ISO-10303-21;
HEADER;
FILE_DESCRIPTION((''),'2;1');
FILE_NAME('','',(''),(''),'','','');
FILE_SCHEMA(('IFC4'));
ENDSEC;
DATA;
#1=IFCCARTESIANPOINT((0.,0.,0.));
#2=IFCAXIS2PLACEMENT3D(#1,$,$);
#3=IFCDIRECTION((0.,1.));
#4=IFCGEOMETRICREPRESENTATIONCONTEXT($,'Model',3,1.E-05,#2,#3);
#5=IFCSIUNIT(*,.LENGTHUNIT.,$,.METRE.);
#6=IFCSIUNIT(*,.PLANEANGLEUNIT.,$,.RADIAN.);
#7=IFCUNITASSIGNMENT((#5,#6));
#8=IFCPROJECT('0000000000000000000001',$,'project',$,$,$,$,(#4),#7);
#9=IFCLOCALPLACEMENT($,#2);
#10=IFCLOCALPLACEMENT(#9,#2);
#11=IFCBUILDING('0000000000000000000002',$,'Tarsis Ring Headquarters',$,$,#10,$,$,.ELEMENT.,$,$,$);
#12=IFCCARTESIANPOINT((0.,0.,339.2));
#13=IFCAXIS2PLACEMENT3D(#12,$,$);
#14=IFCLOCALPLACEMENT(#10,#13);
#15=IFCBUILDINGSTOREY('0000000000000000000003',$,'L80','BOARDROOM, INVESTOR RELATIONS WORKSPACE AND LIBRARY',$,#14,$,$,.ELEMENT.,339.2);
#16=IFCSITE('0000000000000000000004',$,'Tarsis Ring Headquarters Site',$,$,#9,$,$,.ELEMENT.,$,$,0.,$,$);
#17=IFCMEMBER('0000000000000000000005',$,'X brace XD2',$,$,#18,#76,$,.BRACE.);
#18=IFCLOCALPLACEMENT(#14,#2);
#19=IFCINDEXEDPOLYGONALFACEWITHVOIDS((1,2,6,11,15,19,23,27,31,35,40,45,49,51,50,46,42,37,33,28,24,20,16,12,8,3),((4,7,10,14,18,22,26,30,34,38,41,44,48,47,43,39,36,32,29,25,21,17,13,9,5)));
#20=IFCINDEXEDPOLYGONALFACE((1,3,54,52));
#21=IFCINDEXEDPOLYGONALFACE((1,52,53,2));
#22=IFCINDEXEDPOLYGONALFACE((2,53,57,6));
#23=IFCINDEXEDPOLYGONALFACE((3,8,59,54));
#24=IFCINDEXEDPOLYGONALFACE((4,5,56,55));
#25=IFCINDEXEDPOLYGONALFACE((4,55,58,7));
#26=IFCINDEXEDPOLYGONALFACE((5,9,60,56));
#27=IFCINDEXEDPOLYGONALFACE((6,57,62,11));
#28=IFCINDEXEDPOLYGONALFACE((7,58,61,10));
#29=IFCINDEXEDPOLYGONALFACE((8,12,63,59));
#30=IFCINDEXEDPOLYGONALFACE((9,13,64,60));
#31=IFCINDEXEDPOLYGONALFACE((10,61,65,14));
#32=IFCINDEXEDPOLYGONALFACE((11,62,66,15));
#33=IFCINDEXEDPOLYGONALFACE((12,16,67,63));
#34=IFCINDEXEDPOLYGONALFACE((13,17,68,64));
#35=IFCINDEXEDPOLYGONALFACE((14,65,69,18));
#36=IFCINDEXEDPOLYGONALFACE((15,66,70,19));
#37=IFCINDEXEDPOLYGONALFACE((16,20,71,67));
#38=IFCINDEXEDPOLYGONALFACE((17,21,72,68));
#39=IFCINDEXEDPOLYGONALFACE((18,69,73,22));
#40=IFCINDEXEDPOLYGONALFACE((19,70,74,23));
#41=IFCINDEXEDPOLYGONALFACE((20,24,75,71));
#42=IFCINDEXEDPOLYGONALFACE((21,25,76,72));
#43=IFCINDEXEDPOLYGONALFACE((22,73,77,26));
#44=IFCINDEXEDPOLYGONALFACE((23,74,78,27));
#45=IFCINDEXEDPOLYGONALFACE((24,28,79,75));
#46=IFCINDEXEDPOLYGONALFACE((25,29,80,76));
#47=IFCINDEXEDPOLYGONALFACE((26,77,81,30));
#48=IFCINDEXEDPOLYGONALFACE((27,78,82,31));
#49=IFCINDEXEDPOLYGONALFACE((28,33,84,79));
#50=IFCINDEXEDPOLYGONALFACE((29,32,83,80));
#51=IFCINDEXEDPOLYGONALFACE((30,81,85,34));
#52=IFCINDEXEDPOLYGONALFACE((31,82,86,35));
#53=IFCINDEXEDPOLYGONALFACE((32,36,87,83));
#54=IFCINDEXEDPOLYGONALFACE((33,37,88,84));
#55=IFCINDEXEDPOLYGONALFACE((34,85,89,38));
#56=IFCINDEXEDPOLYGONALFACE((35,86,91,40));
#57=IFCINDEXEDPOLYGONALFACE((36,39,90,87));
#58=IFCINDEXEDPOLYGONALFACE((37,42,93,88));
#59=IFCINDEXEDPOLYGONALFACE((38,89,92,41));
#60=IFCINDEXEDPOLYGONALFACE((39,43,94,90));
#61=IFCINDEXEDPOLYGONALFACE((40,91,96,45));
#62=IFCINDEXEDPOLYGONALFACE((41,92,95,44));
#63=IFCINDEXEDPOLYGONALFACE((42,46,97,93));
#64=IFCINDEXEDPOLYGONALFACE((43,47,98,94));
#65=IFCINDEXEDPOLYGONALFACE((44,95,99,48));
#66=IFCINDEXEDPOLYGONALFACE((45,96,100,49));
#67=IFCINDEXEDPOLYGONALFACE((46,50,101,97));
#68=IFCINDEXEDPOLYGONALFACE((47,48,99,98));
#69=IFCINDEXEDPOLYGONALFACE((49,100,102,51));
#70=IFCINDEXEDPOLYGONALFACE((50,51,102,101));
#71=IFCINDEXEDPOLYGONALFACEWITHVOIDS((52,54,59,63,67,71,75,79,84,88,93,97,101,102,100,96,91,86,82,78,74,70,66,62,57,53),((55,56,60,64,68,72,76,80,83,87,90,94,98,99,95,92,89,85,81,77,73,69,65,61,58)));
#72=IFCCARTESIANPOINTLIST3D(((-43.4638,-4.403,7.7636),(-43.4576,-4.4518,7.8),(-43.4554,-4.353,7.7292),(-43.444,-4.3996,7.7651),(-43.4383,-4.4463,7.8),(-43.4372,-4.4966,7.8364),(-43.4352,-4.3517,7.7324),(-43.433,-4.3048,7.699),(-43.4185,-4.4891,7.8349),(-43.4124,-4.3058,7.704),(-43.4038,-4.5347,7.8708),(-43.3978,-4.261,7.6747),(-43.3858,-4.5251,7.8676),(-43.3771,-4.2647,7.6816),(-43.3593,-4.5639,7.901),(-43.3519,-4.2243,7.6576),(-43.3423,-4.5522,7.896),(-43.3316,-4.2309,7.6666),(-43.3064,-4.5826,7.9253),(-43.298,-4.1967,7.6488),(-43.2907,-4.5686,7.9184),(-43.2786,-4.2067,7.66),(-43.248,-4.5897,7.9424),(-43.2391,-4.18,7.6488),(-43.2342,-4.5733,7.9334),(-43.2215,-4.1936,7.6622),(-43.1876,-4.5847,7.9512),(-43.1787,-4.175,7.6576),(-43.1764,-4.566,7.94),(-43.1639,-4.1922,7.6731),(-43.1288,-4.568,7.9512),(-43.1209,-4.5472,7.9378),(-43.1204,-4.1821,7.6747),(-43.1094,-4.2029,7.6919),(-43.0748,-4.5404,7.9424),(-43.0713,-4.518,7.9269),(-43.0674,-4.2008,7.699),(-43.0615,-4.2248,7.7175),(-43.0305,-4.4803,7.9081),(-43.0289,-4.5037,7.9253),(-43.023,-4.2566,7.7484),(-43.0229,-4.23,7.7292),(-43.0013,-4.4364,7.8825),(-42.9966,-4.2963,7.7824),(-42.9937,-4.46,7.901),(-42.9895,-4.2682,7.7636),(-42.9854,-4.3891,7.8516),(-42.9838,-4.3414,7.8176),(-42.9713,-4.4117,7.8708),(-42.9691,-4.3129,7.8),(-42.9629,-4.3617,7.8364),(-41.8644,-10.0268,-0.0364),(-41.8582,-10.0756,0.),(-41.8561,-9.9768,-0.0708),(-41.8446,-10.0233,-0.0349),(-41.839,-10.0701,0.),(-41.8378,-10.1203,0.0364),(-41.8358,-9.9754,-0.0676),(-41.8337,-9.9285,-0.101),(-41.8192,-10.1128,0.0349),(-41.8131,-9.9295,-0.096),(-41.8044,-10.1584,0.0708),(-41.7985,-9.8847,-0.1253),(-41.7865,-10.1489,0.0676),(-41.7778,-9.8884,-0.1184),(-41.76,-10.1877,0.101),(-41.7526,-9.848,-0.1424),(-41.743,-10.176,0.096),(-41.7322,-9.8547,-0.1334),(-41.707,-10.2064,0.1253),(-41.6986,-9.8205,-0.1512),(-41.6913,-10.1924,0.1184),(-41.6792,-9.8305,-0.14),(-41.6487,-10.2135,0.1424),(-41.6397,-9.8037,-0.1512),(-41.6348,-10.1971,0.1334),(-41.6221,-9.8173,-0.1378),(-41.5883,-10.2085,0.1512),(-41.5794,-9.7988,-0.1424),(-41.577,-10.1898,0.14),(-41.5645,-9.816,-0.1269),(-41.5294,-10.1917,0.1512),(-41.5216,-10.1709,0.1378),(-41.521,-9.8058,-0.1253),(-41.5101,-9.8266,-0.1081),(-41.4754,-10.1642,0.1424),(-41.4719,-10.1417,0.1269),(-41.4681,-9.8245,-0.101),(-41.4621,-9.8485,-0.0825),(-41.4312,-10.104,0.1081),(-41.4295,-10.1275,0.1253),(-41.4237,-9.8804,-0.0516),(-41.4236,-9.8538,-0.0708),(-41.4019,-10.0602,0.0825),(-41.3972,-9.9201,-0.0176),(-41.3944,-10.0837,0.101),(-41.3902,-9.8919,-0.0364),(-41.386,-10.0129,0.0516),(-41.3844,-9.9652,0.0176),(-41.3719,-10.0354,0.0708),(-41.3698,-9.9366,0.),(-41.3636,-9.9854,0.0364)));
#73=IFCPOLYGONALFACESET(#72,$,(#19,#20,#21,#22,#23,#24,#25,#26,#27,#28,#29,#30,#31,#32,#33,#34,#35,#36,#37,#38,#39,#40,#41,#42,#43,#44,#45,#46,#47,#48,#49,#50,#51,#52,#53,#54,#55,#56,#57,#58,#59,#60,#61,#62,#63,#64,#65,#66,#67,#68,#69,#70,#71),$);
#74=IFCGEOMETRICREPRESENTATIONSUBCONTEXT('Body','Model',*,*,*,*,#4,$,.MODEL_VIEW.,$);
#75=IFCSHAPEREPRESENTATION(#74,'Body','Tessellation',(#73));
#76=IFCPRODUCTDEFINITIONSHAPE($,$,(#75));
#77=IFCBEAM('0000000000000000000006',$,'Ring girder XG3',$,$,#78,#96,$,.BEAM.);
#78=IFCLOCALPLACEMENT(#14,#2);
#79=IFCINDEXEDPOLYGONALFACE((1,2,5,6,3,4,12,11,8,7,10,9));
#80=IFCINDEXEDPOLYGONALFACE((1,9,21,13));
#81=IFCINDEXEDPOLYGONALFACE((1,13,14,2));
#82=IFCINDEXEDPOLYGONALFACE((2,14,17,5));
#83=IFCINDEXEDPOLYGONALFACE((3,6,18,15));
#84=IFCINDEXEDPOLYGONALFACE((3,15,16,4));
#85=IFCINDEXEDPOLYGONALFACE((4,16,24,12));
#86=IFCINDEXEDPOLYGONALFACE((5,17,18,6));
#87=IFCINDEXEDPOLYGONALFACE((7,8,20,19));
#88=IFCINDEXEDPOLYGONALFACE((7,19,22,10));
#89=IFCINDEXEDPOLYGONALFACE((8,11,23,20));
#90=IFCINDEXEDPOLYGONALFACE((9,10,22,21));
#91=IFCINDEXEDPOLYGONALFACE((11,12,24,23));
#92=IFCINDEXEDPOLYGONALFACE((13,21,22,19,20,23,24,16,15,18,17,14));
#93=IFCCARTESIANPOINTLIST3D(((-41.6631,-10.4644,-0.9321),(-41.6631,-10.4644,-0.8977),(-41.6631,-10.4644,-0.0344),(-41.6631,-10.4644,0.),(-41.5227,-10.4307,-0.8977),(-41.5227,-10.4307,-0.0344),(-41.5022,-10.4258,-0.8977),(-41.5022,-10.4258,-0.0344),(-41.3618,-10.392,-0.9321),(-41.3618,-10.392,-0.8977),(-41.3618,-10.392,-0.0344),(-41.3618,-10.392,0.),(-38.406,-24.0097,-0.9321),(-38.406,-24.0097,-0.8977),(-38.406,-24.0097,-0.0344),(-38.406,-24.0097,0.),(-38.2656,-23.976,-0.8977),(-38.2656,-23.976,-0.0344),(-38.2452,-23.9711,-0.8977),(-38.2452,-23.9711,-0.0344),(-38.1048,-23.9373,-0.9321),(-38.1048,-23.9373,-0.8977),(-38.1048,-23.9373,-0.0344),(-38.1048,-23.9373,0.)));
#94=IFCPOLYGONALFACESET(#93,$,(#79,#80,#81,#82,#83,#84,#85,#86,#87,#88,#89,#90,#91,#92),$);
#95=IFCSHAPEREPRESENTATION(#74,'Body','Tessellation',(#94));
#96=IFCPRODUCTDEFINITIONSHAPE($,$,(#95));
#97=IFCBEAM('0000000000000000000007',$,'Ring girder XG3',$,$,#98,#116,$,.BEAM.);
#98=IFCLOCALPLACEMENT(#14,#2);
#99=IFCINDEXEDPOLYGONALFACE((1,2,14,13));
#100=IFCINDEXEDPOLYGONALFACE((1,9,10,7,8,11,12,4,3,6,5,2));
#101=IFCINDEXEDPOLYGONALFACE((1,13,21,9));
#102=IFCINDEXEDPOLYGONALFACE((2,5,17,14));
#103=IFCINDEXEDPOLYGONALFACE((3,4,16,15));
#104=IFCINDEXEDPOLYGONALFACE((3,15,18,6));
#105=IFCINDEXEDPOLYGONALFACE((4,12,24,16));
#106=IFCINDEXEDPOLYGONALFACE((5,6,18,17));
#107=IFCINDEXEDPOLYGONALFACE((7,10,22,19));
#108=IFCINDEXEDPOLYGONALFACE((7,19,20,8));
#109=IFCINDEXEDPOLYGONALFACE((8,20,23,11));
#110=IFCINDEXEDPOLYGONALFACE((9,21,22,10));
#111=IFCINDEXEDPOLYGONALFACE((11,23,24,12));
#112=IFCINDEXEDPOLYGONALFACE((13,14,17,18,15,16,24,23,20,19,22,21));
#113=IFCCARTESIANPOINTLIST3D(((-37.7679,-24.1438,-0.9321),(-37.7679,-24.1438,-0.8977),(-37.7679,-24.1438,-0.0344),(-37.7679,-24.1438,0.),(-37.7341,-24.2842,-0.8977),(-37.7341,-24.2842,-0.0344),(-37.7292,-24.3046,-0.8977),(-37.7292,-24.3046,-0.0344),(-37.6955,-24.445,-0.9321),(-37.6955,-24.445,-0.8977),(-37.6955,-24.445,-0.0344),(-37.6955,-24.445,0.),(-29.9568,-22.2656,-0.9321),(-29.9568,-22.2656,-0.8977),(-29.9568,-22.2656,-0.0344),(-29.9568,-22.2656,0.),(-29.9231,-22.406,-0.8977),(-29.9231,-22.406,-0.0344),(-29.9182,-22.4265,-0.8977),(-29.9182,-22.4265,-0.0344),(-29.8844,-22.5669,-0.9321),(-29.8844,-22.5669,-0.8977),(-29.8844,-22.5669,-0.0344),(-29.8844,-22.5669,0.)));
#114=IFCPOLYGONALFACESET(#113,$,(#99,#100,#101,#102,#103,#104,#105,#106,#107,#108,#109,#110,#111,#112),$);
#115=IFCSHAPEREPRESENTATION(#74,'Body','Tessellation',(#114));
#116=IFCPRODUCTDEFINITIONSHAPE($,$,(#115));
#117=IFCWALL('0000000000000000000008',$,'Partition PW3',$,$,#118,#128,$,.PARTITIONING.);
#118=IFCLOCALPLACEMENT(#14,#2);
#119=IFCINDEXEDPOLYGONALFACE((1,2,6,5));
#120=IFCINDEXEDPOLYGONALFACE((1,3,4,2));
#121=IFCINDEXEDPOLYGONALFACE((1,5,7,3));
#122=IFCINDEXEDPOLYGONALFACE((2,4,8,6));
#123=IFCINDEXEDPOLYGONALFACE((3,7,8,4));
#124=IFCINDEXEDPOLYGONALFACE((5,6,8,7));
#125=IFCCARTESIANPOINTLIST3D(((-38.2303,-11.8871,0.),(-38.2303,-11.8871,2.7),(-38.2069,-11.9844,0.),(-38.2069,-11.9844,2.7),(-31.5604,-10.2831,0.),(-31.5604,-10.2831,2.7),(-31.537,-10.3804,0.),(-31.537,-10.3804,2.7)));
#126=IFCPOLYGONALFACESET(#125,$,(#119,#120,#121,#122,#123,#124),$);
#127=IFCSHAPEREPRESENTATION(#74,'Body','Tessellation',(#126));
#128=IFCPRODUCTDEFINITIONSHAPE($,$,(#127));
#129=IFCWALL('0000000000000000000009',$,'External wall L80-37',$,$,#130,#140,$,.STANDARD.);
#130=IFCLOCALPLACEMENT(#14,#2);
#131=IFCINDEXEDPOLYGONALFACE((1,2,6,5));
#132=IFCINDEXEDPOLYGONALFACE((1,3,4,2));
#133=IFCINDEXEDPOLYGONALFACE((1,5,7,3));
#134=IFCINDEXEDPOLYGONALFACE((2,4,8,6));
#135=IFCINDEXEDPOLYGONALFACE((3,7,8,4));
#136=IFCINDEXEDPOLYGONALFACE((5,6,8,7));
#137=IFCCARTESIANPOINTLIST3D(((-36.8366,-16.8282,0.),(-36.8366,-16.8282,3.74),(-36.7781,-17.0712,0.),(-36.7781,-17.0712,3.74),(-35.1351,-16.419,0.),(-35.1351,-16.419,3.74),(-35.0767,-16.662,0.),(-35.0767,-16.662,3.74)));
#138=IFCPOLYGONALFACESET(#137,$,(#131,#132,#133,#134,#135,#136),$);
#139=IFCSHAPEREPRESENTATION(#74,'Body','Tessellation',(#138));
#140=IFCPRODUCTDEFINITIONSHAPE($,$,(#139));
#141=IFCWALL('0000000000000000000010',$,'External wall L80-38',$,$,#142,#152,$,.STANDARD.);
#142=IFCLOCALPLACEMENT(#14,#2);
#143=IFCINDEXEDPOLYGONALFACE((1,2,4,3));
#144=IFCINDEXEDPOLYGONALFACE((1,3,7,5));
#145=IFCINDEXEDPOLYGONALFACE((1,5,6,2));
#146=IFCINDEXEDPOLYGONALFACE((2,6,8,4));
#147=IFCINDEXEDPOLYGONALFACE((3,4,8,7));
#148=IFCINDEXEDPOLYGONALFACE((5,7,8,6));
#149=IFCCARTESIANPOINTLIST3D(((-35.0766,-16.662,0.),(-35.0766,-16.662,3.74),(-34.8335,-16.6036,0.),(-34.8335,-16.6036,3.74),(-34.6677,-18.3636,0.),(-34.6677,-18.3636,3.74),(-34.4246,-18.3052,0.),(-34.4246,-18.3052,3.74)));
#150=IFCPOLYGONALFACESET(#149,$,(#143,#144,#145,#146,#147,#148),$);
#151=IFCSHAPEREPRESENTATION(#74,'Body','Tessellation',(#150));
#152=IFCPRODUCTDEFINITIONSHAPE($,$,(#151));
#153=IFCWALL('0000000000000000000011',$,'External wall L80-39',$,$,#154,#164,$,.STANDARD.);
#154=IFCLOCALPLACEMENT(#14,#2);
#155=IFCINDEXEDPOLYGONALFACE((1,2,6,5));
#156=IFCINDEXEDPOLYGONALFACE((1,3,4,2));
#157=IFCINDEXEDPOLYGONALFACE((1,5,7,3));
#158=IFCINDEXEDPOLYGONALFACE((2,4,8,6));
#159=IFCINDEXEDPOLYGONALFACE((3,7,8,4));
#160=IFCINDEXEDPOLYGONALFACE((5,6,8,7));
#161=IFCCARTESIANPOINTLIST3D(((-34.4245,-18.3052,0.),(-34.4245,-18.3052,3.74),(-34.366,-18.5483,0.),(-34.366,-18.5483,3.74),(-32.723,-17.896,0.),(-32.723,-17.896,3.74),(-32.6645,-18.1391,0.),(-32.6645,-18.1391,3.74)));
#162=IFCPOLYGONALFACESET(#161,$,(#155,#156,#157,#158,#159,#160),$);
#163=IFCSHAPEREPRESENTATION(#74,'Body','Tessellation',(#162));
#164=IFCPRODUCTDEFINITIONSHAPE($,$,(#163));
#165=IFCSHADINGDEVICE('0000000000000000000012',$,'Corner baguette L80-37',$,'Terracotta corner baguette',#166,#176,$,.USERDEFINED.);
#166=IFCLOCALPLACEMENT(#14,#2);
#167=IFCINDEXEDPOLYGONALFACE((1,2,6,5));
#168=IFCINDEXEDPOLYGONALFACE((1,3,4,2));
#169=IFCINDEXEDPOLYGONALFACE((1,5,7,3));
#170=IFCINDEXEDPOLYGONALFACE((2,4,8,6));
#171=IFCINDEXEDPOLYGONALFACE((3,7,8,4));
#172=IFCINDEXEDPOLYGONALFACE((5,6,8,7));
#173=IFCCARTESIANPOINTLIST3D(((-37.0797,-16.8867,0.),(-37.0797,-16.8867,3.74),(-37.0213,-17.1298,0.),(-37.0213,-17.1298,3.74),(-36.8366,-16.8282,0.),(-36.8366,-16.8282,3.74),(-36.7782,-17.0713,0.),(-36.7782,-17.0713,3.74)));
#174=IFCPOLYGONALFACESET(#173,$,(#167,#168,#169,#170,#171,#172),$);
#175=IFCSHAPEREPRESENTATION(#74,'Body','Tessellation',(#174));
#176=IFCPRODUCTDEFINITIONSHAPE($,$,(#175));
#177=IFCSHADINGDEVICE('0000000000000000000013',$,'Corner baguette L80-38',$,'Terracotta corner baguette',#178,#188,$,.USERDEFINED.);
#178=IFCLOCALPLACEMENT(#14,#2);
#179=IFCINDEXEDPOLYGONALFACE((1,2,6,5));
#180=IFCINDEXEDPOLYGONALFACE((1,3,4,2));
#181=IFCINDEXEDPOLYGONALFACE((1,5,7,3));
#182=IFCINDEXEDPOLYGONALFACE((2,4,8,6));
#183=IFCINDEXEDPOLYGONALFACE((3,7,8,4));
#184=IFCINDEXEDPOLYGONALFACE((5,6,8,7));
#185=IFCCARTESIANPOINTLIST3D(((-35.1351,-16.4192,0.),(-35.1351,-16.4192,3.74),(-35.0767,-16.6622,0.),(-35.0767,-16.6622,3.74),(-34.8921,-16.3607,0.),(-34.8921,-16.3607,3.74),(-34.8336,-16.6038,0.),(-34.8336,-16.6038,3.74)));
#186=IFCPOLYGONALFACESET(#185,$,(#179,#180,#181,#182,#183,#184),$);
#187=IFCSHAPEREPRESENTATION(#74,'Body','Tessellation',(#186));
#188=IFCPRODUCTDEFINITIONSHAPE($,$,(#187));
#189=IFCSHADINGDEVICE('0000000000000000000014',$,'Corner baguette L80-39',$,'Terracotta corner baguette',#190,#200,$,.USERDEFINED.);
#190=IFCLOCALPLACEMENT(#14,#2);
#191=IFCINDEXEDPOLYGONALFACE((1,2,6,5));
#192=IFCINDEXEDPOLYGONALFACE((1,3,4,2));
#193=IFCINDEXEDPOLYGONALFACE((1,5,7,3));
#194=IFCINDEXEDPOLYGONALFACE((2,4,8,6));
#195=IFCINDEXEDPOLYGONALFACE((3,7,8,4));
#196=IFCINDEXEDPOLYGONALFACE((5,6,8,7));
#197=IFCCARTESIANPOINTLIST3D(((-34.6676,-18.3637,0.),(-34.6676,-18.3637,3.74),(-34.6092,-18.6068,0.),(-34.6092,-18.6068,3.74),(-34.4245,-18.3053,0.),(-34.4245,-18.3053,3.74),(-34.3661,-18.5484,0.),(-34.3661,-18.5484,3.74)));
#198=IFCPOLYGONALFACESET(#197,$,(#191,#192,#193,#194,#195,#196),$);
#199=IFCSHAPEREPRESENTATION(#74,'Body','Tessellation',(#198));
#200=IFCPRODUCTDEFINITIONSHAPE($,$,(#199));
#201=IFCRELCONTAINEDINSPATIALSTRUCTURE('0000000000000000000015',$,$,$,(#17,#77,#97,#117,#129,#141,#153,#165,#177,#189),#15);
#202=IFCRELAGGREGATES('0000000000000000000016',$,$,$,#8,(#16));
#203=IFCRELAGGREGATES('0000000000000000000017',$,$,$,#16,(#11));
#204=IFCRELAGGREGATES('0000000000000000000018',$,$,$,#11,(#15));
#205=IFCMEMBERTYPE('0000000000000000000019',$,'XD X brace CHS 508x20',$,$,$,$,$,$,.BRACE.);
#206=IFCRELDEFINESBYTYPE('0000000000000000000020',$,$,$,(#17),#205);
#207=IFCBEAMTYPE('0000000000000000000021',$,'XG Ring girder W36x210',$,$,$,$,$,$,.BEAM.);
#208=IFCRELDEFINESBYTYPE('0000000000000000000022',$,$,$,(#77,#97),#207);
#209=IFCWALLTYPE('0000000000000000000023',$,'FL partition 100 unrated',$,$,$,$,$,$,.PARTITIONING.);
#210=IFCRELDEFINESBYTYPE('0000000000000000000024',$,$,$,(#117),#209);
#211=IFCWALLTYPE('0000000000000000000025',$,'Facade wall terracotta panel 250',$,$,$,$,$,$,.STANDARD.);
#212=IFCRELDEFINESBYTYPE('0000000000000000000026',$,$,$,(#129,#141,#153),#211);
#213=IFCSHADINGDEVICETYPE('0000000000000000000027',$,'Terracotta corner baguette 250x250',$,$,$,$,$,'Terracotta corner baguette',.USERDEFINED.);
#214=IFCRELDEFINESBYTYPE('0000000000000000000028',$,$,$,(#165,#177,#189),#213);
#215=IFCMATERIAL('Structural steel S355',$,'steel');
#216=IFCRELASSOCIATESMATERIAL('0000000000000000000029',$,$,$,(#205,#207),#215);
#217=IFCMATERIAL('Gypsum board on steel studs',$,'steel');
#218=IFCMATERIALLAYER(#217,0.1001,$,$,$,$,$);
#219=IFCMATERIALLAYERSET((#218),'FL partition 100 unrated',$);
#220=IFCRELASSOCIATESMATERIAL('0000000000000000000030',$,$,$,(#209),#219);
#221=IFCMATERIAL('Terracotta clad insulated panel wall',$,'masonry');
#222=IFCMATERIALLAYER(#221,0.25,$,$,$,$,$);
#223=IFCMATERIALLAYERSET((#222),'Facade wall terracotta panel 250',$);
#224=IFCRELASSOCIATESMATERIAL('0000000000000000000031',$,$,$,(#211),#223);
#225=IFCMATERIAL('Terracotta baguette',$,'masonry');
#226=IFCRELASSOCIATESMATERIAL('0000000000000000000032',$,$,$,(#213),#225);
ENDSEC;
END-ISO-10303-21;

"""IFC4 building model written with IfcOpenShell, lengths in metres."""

from ifc_helpers import new_model, si_unit, direction, frame, frame_2d, origin, origin_2d, place, context, subcontext, project, spatial, rectangle, hollow_circle, i_section, extrude, material, layer, layer_set, material_profile, profile_set, type_object, element, save


model = new_model("IFC4")

# Units and contexts
model_context = context("Model", 3, precision=1e-05, world=origin(), true_north=direction((0.0, 1.0)))
body_context = subcontext(model_context, "Body", "Model", "MODEL_VIEW")
ifc_project = project(units=[si_unit("LENGTHUNIT", "METRE"), si_unit("PLANEANGLEUNIT", "RADIAN")], contexts=[model_context])

# Site, building, storey
site_placement = place(None, origin())
site = spatial("IfcSite", under=ifc_project, at=site_placement, Name="Tarsis Ring Headquarters Site", CompositionType="ELEMENT", RefElevation=0.0)
building_placement = place(site_placement, origin())
building = spatial("IfcBuilding", under=site, at=building_placement, Name="Tarsis Ring Headquarters", CompositionType="ELEMENT")
storey_placement = place(building_placement, frame((0.0, 0.0, 339.2)))
storey = spatial("IfcBuildingStorey", under=building, at=storey_placement, Name="L80", Description="BOARDROOM, INVESTOR RELATIONS WORKSPACE AND LIBRARY", CompositionType="ELEMENT", Elevation=339.2)

# Shared definitions
ifc_material_1 = material(Name="Structural steel S355", Category="steel")

# Member
ifc_material_profile_1 = material_profile(ifc_material_1, hollow_circle(Radius=0.2539, WallThickness=0.02, at=origin_2d()), Name="CHS 508x20")
ifc_profile_set_1 = profile_set([ifc_material_profile_1], Name="Structural steel S355")
member_type = type_object("IfcMemberType", Name="XD X brace CHS 508x20", PredefinedType="BRACE", material=ifc_profile_set_1)
member_placement = place(storey_placement, frame((-41.614, -10.0061, 0.0), z_axis=(-0.164069, 0.57691, 0.80016), x_axis=(-0.961859, -0.273546, 0.0)))
element("IfcMember", 1, at=member_placement, inside=storey, type_object=member_type, Name="X brace XD2", PredefinedType="BRACE", context=body_context, shape_type="SweptSolid", body=[
    extrude(hollow_circle(Radius=0.2539, WallThickness=0.02, at=origin_2d()), origin(), (0.0, 0.0, 1.0), 9.748),
])

# Beams
ifc_material_profile_2 = material_profile(ifc_material_1, i_section(OverallWidth=0.3098, OverallDepth=0.9321, WebThickness=0.021, FlangeThickness=0.0344, at=origin_2d()), Name="W36x210")
ifc_profile_set_2 = profile_set([ifc_material_profile_2], Name="Structural steel S355")
beam_type = type_object("IfcBeamType", Name="XG Ring girder W36x210", PredefinedType="BEAM", material=ifc_profile_set_2)
beam_1_placement = place(storey_placement, frame((-41.5125, -10.4282, -0.4661), z_axis=(0.233792, -0.972287, 0.0), x_axis=(0.972287, 0.233792, 0.0)))
element("IfcBeam", 2, at=beam_1_placement, inside=storey, type_object=beam_type, Name="Ring girder XG3", PredefinedType="BEAM", context=body_context, shape_type="SweptSolid", body=[
    extrude(i_section(OverallWidth=0.3098, OverallDepth=0.9321, WebThickness=0.021, FlangeThickness=0.0344, at=origin_2d()), origin(), (0.0, 0.0, 1.0), 13.9314),
])
beam_2_placement = place(storey_placement, frame((-37.7317, -24.2944, -0.4661), z_axis=(0.972288, 0.233788, 0.0), x_axis=(-0.233788, 0.972288, 0.0)))
element("IfcBeam", 3, at=beam_2_placement, inside=storey, type_object=beam_type, Name="Ring girder XG3", PredefinedType="BEAM", context=body_context, shape_type="SweptSolid", body=[
    extrude(i_section(OverallWidth=0.3098, OverallDepth=0.9321, WebThickness=0.021, FlangeThickness=0.0344, at=origin_2d()), origin(), (0.0, 0.0, 1.0), 8.0337),
])

# Walls
ifc_material_2 = material(Name="Gypsum board on steel studs", Category="steel")
ifc_layer_1 = layer(ifc_material_2, 0.1001)
ifc_layer_set_1 = layer_set([ifc_layer_1], Name="FL partition 100 unrated")
wall_type_1 = type_object("IfcWallType", Name="FL partition 100 unrated", PredefinedType="PARTITIONING", material=ifc_layer_set_1)
wall_placement = place(storey_placement, frame((-38.2188, -11.9358, 0.0), z_axis=(0.0, 0.0, 1.0), x_axis=(0.972281, 0.233817, 0.0)))
element("IfcWall", 4, at=wall_placement, inside=storey, type_object=wall_type_1, Name="Partition PW3", PredefinedType="PARTITIONING", context=body_context, shape_type="SweptSolid", body=[
    extrude(rectangle(XDim=6.8601, YDim=0.1001, at=frame_2d((3.4302, 0.0))), origin(), (0.0, 0.0, 1.0), 2.7),
])
ifc_material_3 = material(Name="Terracotta clad insulated panel wall", Category="masonry")
ifc_layer_2 = layer(ifc_material_3, 0.25)
ifc_layer_set_2 = layer_set([ifc_layer_2], Name="Facade wall terracotta panel 250")
wall_type_2 = type_object("IfcWallType", Name="Facade wall terracotta panel 250", PredefinedType="STANDARD", material=ifc_layer_set_2)
for number, where, z_axis, x_axis, name in (
    (5, (-36.8074, -16.9497, 0.0), (0.0, 0.0, 1.0), (0.972278, 0.233827, 0.0), "External wall L80-37"),
    (6, (-34.9551, -16.6328, 0.0), (0.0, 0.0, 1.0), (0.233663, -0.972318, 0.0), "External wall L80-38"),
    (7, (-34.3953, -18.4268, 0.0), (0.0, 0.0, 1.0), (0.972278, 0.233827, 0.0), "External wall L80-39"),
):
    element("IfcWall", number, at=place(storey_placement, frame(where, z_axis=z_axis, x_axis=x_axis)), inside=storey, type_object=wall_type_2, Name=name, PredefinedType="STANDARD", context=body_context, shape_type="SweptSolid", body=[
        extrude(rectangle(XDim=1.75, YDim=0.25, at=frame_2d((0.875, 0.0))), origin(), (0.0, 0.0, 1.0), 3.74),
    ])

# Shading devices
ifc_material_4 = material(Name="Terracotta baguette", Category="masonry")
shading_device_type_1 = type_object("IfcShadingDeviceType", Name="Terracotta corner baguette 250x250", ElementType="Terracotta corner baguette", PredefinedType="USERDEFINED", material=ifc_material_4)
for number, where, z_axis, x_axis, name in (
    (8, (-36.929, -16.979, 0.0), (0.0, 0.0, 1.0), (0.233785, -0.972288, 0.0), "Corner baguette L80-37"),
    (9, (-34.9844, -16.5115, 0.0), (0.0, 0.0, 1.0), (0.972288, 0.233785, 0.0), "Corner baguette L80-38"),
    (10, (-34.5168, -18.4561, 0.0), (0.0, 0.0, 1.0), (0.233784, -0.972288, 0.0), "Corner baguette L80-39"),
):
    element("IfcShadingDevice", number, at=place(storey_placement, frame(where, z_axis=z_axis, x_axis=x_axis)), inside=storey, type_object=shading_device_type_1, Name=name, ObjectType="Terracotta corner baguette", PredefinedType="USERDEFINED", context=body_context, shape_type="SweptSolid", body=[
        extrude(rectangle(XDim=0.25, YDim=0.25, at=origin_2d()), origin(), (0.0, 0.0, 1.0), 3.74),
    ])

save(model, "model.ifc")
